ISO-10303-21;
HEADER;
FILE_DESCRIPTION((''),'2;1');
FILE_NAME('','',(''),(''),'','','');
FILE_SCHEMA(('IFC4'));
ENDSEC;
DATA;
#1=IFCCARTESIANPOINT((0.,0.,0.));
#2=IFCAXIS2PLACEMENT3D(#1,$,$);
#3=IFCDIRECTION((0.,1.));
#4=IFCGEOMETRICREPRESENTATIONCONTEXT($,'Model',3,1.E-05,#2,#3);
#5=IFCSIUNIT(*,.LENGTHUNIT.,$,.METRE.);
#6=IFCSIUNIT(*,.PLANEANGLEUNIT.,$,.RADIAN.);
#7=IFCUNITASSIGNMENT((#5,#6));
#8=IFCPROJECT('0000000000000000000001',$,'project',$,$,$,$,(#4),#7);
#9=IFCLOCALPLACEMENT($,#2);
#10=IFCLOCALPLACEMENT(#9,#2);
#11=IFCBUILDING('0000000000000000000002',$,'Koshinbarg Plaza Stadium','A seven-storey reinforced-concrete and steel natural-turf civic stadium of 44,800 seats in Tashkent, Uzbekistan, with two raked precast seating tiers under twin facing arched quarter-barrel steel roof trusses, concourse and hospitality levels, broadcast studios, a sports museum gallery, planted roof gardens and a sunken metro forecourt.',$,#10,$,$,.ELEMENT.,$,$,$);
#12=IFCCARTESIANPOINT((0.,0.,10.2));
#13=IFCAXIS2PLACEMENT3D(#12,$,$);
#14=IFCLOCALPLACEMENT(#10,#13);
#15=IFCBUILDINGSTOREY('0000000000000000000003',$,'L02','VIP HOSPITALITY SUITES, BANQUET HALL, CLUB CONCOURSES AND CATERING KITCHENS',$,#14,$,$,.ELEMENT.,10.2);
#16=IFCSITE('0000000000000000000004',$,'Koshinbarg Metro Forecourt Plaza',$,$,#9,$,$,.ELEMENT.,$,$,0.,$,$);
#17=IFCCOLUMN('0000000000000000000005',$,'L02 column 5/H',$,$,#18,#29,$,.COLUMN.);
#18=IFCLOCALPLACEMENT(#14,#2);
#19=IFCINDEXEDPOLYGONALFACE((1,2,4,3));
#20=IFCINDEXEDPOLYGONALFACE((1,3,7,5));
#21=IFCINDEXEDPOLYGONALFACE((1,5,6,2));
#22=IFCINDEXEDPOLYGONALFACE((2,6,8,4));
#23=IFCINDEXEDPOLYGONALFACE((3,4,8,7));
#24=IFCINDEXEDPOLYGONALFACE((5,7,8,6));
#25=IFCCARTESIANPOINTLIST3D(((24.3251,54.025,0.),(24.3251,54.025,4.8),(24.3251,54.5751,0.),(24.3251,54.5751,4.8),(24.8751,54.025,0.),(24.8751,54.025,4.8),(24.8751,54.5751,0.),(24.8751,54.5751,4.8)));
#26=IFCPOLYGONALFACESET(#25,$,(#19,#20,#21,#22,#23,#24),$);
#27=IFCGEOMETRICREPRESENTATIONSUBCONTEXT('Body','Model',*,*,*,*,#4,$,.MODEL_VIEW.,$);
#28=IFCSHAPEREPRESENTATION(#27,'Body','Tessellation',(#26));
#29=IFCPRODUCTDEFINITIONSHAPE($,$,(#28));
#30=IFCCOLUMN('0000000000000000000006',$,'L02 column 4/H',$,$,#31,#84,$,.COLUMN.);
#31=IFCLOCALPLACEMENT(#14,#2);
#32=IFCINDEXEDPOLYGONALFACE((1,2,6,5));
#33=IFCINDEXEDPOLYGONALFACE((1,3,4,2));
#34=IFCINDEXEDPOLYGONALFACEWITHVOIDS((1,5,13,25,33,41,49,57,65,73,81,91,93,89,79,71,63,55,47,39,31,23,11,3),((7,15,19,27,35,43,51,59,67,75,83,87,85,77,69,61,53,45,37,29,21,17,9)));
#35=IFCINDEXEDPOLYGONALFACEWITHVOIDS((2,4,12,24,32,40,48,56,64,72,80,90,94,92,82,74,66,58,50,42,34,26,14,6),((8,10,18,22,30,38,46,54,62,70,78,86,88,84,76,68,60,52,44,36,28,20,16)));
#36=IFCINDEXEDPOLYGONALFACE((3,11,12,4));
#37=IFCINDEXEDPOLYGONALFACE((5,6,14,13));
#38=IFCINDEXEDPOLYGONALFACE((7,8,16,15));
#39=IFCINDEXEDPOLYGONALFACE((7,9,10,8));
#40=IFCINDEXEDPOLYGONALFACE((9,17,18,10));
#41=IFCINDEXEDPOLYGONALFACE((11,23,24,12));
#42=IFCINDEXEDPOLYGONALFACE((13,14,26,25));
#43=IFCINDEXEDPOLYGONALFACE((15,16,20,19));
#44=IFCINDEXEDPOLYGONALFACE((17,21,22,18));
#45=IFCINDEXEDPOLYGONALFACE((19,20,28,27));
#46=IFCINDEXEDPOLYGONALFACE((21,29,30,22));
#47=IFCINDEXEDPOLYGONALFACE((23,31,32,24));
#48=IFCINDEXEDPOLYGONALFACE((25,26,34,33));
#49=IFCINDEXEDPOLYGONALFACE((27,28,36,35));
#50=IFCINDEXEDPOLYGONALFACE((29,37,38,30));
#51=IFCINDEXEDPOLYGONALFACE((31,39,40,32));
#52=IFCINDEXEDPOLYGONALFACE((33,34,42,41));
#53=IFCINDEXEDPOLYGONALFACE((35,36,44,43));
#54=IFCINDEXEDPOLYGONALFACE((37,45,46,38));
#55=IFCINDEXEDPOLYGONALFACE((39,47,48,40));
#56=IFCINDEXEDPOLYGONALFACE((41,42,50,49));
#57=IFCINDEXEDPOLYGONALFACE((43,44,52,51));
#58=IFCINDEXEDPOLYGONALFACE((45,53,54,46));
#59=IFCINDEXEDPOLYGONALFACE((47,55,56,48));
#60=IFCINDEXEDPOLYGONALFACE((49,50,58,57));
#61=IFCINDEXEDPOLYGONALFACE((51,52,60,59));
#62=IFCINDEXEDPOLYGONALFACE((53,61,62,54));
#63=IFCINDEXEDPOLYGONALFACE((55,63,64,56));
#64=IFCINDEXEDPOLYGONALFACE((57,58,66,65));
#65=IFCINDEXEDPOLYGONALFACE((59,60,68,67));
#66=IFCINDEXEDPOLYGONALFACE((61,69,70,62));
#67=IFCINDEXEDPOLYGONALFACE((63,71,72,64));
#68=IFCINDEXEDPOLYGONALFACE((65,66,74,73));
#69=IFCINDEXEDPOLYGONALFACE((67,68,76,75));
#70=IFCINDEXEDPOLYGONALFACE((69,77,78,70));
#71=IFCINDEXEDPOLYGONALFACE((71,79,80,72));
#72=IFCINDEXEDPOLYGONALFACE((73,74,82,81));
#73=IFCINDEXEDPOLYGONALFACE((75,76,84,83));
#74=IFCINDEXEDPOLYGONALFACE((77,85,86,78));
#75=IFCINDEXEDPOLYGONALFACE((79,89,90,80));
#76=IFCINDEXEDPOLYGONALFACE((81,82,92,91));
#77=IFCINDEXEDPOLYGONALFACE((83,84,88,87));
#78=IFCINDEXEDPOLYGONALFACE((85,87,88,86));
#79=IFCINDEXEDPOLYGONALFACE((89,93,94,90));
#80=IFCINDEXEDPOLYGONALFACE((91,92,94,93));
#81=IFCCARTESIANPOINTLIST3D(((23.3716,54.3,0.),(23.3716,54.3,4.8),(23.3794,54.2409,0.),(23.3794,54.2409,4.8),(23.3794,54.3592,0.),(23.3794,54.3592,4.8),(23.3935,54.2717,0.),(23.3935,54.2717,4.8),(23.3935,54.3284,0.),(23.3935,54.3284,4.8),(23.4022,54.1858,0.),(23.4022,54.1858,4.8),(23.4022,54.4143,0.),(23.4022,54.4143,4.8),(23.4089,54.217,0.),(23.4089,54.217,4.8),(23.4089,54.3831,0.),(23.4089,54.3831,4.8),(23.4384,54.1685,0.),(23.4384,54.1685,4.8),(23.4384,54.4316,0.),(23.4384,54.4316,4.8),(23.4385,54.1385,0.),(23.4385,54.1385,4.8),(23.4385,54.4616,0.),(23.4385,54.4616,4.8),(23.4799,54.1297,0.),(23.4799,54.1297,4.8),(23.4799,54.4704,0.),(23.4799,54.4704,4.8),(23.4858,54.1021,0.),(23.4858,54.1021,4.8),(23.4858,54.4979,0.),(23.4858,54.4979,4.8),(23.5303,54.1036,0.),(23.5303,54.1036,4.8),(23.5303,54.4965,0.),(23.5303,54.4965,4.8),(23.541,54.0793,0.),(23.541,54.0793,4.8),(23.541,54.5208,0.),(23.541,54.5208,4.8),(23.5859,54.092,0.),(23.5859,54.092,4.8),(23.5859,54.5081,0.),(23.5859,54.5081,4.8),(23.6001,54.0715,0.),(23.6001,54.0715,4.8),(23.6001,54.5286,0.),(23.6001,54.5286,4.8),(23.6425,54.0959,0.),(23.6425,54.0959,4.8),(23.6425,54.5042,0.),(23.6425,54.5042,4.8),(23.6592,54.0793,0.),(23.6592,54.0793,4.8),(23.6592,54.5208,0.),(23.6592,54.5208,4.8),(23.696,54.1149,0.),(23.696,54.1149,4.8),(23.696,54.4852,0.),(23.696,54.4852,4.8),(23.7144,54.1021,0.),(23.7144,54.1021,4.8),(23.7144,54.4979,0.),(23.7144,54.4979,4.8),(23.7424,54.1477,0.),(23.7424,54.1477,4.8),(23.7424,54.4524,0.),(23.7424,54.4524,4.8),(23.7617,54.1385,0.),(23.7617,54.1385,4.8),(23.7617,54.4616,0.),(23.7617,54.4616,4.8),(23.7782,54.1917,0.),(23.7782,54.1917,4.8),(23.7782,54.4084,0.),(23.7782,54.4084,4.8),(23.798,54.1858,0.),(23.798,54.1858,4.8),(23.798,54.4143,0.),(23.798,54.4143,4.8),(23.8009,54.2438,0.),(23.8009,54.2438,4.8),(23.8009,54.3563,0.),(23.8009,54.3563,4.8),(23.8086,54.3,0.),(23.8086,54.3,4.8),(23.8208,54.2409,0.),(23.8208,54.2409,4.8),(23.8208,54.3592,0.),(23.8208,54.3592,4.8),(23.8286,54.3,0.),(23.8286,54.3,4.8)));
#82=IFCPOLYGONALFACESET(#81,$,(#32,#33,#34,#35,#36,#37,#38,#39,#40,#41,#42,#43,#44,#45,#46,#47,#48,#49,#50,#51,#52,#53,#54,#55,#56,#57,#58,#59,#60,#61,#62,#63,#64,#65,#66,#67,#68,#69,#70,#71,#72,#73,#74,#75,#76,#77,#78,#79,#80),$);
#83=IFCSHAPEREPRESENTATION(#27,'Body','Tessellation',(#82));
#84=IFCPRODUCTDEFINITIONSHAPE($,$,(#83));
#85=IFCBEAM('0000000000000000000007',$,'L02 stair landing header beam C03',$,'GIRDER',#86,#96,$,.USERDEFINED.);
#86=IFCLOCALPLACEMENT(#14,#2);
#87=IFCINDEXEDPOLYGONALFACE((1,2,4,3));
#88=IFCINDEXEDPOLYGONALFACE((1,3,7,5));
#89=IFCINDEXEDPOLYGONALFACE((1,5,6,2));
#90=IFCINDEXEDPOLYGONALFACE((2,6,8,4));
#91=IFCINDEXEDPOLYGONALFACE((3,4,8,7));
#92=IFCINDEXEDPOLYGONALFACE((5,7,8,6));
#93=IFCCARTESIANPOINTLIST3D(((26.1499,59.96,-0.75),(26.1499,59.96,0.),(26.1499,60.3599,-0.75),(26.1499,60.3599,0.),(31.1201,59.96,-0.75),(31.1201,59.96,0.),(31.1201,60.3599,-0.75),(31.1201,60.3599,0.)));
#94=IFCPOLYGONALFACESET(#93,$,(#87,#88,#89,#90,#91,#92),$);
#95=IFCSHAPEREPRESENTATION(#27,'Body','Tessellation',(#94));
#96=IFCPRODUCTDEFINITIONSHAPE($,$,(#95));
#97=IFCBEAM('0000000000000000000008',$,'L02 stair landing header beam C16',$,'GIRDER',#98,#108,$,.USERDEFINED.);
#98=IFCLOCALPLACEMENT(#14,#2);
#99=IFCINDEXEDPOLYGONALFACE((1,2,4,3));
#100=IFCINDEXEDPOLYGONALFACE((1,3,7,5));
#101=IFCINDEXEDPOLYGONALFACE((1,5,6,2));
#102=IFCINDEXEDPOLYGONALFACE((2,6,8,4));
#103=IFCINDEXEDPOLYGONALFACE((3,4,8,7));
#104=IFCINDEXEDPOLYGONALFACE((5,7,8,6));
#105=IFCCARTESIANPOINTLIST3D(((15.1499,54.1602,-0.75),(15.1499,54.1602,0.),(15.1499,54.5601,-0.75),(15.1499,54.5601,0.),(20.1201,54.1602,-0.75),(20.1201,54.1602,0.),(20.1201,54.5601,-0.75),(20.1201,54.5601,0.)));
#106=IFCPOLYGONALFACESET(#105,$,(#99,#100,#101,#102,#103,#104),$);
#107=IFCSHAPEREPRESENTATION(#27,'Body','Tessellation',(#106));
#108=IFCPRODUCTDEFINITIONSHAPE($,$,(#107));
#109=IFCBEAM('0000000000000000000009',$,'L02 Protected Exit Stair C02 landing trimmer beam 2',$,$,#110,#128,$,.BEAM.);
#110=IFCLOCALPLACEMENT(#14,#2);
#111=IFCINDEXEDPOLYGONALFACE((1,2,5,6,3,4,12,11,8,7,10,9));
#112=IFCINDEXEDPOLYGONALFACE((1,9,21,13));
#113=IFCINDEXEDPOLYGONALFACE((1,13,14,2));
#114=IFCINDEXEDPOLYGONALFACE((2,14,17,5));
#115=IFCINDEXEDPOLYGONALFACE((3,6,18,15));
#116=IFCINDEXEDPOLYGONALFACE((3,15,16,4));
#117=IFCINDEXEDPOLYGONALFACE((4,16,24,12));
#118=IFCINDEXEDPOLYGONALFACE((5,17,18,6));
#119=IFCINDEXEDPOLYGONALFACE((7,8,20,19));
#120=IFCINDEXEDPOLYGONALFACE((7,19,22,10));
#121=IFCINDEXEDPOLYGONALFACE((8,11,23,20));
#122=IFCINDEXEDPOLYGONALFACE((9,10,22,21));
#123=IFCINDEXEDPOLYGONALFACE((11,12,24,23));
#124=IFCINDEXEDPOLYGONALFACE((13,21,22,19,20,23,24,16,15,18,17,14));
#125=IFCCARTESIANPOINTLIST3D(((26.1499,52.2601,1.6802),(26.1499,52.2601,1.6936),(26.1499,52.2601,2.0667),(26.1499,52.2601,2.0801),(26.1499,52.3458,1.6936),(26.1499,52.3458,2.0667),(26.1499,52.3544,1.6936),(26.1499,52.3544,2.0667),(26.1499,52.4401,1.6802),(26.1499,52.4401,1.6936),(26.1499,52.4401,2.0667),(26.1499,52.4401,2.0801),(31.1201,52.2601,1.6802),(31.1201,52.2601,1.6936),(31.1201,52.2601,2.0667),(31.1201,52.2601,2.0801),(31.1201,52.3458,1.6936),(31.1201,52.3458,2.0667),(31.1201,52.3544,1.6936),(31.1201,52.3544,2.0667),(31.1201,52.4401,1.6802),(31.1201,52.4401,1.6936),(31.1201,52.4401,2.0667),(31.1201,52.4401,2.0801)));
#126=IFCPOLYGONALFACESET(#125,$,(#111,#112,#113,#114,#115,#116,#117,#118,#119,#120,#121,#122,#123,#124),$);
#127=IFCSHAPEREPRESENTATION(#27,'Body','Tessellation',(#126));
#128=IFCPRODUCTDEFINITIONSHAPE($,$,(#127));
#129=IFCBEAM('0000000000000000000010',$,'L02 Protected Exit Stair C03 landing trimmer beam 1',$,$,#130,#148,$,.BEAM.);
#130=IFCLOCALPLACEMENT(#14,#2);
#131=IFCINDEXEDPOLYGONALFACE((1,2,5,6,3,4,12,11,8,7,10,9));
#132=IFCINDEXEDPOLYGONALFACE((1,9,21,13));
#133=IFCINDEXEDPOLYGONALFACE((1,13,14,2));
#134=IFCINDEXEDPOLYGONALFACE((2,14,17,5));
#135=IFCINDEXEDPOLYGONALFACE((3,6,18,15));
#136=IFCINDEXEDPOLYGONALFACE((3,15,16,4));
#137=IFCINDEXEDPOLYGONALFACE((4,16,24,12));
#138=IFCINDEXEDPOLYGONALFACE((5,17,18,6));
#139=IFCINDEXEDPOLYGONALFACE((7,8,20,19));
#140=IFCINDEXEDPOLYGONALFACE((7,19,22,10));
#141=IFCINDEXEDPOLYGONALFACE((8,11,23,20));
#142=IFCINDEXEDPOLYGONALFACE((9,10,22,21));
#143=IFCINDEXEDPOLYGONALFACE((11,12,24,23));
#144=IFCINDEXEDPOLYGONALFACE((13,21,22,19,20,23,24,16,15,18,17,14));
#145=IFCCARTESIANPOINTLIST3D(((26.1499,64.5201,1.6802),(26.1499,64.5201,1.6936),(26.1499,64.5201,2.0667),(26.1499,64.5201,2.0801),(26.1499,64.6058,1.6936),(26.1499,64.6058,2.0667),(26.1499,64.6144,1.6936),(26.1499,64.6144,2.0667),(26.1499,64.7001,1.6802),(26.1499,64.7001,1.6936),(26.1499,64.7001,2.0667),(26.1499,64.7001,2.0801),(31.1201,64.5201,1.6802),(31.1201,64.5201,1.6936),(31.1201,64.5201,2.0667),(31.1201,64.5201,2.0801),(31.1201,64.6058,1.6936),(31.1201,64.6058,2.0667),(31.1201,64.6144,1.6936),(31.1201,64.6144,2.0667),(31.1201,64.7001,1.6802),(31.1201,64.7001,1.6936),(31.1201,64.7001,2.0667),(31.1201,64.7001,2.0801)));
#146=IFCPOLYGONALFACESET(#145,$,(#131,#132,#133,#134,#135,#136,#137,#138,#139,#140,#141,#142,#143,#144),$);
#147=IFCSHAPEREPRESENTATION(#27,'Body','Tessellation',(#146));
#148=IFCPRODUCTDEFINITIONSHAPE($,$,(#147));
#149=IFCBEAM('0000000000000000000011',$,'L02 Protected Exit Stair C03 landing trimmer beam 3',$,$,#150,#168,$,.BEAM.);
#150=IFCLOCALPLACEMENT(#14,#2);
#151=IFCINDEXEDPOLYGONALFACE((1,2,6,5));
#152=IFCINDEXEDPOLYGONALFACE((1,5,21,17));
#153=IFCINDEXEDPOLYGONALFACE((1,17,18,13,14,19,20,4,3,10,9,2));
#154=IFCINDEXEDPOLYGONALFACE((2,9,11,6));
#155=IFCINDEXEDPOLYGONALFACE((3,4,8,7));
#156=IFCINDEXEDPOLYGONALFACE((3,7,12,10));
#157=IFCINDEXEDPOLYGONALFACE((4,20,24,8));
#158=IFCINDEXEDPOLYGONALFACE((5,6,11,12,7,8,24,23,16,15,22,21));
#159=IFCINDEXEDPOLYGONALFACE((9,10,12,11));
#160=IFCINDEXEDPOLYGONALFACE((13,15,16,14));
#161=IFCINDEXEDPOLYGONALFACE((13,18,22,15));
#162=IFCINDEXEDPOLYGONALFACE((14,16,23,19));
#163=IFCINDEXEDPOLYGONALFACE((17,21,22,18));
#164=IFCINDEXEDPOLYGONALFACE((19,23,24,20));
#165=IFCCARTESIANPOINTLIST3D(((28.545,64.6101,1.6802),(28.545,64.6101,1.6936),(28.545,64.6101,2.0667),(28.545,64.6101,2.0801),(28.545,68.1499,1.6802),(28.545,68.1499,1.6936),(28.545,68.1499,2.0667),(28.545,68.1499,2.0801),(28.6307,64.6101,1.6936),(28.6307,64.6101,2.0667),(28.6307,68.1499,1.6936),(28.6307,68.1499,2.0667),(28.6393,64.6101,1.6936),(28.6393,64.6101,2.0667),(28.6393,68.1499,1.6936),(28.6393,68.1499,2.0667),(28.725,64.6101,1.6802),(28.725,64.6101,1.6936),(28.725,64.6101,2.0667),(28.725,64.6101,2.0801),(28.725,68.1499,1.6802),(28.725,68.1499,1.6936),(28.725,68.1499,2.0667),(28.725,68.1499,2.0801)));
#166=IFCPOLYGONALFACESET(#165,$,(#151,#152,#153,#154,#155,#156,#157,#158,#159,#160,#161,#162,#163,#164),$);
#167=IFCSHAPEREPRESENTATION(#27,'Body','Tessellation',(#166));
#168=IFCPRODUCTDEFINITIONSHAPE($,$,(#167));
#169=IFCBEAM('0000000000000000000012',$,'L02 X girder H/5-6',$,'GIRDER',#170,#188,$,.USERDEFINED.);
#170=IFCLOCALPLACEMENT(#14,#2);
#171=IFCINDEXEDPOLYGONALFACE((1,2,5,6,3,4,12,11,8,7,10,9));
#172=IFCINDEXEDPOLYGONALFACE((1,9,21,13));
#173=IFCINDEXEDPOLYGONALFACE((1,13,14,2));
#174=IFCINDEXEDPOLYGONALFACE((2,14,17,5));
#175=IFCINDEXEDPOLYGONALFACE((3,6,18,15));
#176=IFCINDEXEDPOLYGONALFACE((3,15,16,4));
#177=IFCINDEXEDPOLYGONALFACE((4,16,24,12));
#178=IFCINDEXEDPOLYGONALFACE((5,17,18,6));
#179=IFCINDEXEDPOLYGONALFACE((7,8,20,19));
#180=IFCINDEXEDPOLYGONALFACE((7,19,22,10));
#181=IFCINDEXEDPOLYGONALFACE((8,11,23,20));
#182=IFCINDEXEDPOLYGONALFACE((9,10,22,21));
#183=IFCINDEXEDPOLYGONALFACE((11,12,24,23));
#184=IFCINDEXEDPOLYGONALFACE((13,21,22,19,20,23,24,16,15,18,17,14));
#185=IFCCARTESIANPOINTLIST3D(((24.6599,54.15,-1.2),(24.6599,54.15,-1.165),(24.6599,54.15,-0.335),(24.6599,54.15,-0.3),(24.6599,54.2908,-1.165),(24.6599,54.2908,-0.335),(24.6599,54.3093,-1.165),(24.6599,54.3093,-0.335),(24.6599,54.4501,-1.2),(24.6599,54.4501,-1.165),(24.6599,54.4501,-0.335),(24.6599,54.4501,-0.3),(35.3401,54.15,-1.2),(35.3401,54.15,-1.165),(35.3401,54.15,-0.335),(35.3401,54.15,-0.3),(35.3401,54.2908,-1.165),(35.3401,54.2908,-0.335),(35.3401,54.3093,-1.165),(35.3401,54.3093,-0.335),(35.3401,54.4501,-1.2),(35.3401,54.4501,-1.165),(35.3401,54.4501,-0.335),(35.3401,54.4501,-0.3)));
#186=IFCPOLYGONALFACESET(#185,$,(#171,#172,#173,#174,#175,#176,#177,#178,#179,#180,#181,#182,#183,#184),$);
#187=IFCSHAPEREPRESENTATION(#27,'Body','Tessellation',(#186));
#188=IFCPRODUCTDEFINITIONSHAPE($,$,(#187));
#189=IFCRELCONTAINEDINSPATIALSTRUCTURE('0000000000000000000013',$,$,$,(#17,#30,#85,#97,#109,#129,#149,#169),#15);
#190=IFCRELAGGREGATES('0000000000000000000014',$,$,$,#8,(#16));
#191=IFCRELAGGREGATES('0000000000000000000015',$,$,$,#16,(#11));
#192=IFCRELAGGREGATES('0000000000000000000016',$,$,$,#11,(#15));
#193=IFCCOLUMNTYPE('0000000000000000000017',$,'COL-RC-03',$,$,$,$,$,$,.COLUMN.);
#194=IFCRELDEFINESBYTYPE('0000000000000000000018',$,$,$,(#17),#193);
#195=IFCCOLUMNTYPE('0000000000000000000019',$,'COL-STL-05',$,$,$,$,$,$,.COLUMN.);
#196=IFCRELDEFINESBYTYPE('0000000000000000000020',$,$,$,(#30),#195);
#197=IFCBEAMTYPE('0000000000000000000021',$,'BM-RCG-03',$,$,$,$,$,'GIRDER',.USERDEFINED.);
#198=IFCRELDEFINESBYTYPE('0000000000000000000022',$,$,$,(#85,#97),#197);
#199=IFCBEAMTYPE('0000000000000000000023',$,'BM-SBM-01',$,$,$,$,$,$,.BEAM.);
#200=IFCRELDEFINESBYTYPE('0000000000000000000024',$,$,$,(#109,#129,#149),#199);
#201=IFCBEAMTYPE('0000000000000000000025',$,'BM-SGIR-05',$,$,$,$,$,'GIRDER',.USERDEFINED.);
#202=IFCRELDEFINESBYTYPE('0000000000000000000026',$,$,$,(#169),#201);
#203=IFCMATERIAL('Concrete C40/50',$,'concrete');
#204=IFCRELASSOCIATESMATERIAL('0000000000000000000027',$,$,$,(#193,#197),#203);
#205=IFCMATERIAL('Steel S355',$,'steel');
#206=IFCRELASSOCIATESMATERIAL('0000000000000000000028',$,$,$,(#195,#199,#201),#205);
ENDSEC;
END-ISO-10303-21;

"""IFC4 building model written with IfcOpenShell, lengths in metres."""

from ifc_helpers import new_model, si_unit, direction, frame, origin, origin_2d, place, context, subcontext, project, spatial, rectangle, hollow_circle, i_section, extrude, material, material_profile, profile_set, type_object, element, save


model = new_model("IFC4")

# Units and contexts
model_context = context("Model", 3, precision=1e-05, world=origin(), true_north=direction((0.0, 1.0)))
body_context = subcontext(model_context, "Body", "Model", "MODEL_VIEW")
ifc_project = project(units=[si_unit("LENGTHUNIT", "METRE"), si_unit("PLANEANGLEUNIT", "RADIAN")], contexts=[model_context])

# Site, building, storey
site_placement = place(None, origin())
site = spatial("IfcSite", under=ifc_project, at=site_placement, Name="Koshinbarg Metro Forecourt Plaza", CompositionType="ELEMENT", RefElevation=0.0)
building_placement = place(site_placement, origin())
building = spatial("IfcBuilding", under=site, at=building_placement, Name="Koshinbarg Plaza Stadium", Description="A seven-storey reinforced-concrete and steel natural-turf civic stadium of 44,800 seats in Tashkent, Uzbekistan, with two raked precast seating tiers under twin facing arched quarter-barrel steel roof trusses, concourse and hospitality levels, broadcast studios, a sports museum gallery, planted roof gardens and a sunken metro forecourt.", CompositionType="ELEMENT")
storey_placement = place(building_placement, frame((0.0, 0.0, 10.2)))
storey = spatial("IfcBuildingStorey", under=building, at=storey_placement, Name="L02", Description="VIP HOSPITALITY SUITES, BANQUET HALL, CLUB CONCOURSES AND CATERING KITCHENS", CompositionType="ELEMENT", Elevation=10.2)

# Columns
ifc_material_1 = material(Name="Concrete C40/50", Category="concrete")
ifc_material_profile_1 = material_profile(ifc_material_1, rectangle(XDim=0.55, YDim=0.55, at=origin_2d()), Name="RC 550x550")
ifc_profile_set_1 = profile_set([ifc_material_profile_1], Name="Concrete C40/50")
column_type_1 = type_object("IfcColumnType", Name="COL-RC-03", PredefinedType="COLUMN", material=ifc_profile_set_1)
column_1_placement = place(storey_placement, frame((24.6001, 54.3, 0.0), z_axis=(0.0, 0.0, 1.0), x_axis=(1.0, 0.0, 0.0)))
element("IfcColumn", 1, at=column_1_placement, inside=storey, type_object=column_type_1, Name="L02 column 5/H", PredefinedType="COLUMN", context=body_context, shape_type="SweptSolid", body=[
    extrude(rectangle(XDim=0.55, YDim=0.55, at=origin_2d()), origin(), (0.0, 0.0, 1.0), 4.8),
])
ifc_material_2 = material(Name="Steel S355", Category="steel")
ifc_material_profile_2 = material_profile(ifc_material_2, hollow_circle(Radius=0.2285, WallThickness=0.02, at=origin_2d()), Name="CHS 457x20")
ifc_profile_set_2 = profile_set([ifc_material_profile_2], Name="Steel S355")
column_type_2 = type_object("IfcColumnType", Name="COL-STL-05", PredefinedType="COLUMN", material=ifc_profile_set_2)
column_2_placement = place(storey_placement, frame((23.6001, 54.3, 0.0), z_axis=(0.0, 0.0, 1.0), x_axis=(1.0, 0.0, 0.0)))
element("IfcColumn", 2, at=column_2_placement, inside=storey, type_object=column_type_2, Name="L02 column 4/H", PredefinedType="COLUMN", context=body_context, shape_type="SweptSolid", body=[
    extrude(hollow_circle(Radius=0.2285, WallThickness=0.02, at=origin_2d()), origin(), (0.0, 0.0, 1.0), 4.8),
])

# Beams
ifc_material_profile_3 = material_profile(ifc_material_1, rectangle(XDim=0.3999, YDim=0.75, at=origin_2d()), Name="RC 400x750")
ifc_profile_set_3 = profile_set([ifc_material_profile_3], Name="Concrete C40/50")
beam_type_1 = type_object("IfcBeamType", Name="BM-RCG-03", ElementType="GIRDER", PredefinedType="USERDEFINED", material=ifc_profile_set_3)
for number, where, z_axis, x_axis, name in (
    (3, (26.1499, 60.1599, -0.375), (1.0, 0.0, 0.0), (0.0, 1.0, 0.0), "L02 stair landing header beam C03"),
    (4, (15.1499, 54.3601, -0.375), (1.0, 0.0, 0.0), (0.0, 1.0, 0.0), "L02 stair landing header beam C16"),
):
    element("IfcBeam", number, at=place(storey_placement, frame(where, z_axis=z_axis, x_axis=x_axis)), inside=storey, type_object=beam_type_1, Name=name, ObjectType="GIRDER", PredefinedType="USERDEFINED", context=body_context, shape_type="SweptSolid", body=[
        extrude(rectangle(XDim=0.3999, YDim=0.75, at=origin_2d()), origin(), (0.0, 0.0, 1.0), 4.9702),
    ])
ifc_material_profile_4 = material_profile(ifc_material_2, i_section(OverallWidth=0.1799, OverallDepth=0.3999, WebThickness=0.0085, FlangeThickness=0.0134, at=origin_2d()), Name="IPE 400")
ifc_profile_set_4 = profile_set([ifc_material_profile_4], Name="Steel S355")
beam_type_2 = type_object("IfcBeamType", Name="BM-SBM-01", PredefinedType="BEAM", material=ifc_profile_set_4)
for number, where, z_axis, x_axis, name in (
    (5, (26.1499, 52.3501, 1.8801), (1.0, 0.0, 0.0), (0.0, 1.0, 0.0), "L02 Protected Exit Stair C02 landing trimmer beam 2"),
    (6, (26.1499, 64.6101, 1.8801), (1.0, 0.0, 0.0), (0.0, 1.0, 0.0), "L02 Protected Exit Stair C03 landing trimmer beam 1"),
):
    element("IfcBeam", number, at=place(storey_placement, frame(where, z_axis=z_axis, x_axis=x_axis)), inside=storey, type_object=beam_type_2, Name=name, PredefinedType="BEAM", context=body_context, shape_type="SweptSolid", body=[
        extrude(i_section(OverallWidth=0.1799, OverallDepth=0.3999, WebThickness=0.0085, FlangeThickness=0.0134, at=origin_2d()), origin(), (0.0, 0.0, 1.0), 4.9702),
    ])
beam_1_placement = place(storey_placement, frame((28.635, 64.6101, 1.8801), z_axis=(0.0, 1.0, 0.0), x_axis=(-1.0, 0.0, 0.0)))
element("IfcBeam", 7, at=beam_1_placement, inside=storey, type_object=beam_type_2, Name="L02 Protected Exit Stair C03 landing trimmer beam 3", PredefinedType="BEAM", context=body_context, shape_type="SweptSolid", body=[
    extrude(i_section(OverallWidth=0.1799, OverallDepth=0.3999, WebThickness=0.0085, FlangeThickness=0.0134, at=origin_2d()), origin(), (0.0, 0.0, 1.0), 3.5398),
])
ifc_material_profile_5 = material_profile(ifc_material_2, i_section(OverallWidth=0.3, OverallDepth=0.8999, WebThickness=0.0186, FlangeThickness=0.0349, at=origin_2d()), Name="HEB 900")
ifc_profile_set_5 = profile_set([ifc_material_profile_5], Name="Steel S355")
beam_type_3 = type_object("IfcBeamType", Name="BM-SGIR-05", ElementType="GIRDER", PredefinedType="USERDEFINED", material=ifc_profile_set_5)
beam_2_placement = place(storey_placement, frame((24.6599, 54.3, -0.75), z_axis=(1.0, 0.0, 0.0), x_axis=(0.0, 1.0, 0.0)))
element("IfcBeam", 8, at=beam_2_placement, inside=storey, type_object=beam_type_3, Name="L02 X girder H/5-6", ObjectType="GIRDER", PredefinedType="USERDEFINED", context=body_context, shape_type="SweptSolid", body=[
    extrude(i_section(OverallWidth=0.3, OverallDepth=0.8999, WebThickness=0.0186, FlangeThickness=0.0349, at=origin_2d()), origin(), (0.0, 0.0, 1.0), 10.6802),
])

save(model, "model.ifc")
